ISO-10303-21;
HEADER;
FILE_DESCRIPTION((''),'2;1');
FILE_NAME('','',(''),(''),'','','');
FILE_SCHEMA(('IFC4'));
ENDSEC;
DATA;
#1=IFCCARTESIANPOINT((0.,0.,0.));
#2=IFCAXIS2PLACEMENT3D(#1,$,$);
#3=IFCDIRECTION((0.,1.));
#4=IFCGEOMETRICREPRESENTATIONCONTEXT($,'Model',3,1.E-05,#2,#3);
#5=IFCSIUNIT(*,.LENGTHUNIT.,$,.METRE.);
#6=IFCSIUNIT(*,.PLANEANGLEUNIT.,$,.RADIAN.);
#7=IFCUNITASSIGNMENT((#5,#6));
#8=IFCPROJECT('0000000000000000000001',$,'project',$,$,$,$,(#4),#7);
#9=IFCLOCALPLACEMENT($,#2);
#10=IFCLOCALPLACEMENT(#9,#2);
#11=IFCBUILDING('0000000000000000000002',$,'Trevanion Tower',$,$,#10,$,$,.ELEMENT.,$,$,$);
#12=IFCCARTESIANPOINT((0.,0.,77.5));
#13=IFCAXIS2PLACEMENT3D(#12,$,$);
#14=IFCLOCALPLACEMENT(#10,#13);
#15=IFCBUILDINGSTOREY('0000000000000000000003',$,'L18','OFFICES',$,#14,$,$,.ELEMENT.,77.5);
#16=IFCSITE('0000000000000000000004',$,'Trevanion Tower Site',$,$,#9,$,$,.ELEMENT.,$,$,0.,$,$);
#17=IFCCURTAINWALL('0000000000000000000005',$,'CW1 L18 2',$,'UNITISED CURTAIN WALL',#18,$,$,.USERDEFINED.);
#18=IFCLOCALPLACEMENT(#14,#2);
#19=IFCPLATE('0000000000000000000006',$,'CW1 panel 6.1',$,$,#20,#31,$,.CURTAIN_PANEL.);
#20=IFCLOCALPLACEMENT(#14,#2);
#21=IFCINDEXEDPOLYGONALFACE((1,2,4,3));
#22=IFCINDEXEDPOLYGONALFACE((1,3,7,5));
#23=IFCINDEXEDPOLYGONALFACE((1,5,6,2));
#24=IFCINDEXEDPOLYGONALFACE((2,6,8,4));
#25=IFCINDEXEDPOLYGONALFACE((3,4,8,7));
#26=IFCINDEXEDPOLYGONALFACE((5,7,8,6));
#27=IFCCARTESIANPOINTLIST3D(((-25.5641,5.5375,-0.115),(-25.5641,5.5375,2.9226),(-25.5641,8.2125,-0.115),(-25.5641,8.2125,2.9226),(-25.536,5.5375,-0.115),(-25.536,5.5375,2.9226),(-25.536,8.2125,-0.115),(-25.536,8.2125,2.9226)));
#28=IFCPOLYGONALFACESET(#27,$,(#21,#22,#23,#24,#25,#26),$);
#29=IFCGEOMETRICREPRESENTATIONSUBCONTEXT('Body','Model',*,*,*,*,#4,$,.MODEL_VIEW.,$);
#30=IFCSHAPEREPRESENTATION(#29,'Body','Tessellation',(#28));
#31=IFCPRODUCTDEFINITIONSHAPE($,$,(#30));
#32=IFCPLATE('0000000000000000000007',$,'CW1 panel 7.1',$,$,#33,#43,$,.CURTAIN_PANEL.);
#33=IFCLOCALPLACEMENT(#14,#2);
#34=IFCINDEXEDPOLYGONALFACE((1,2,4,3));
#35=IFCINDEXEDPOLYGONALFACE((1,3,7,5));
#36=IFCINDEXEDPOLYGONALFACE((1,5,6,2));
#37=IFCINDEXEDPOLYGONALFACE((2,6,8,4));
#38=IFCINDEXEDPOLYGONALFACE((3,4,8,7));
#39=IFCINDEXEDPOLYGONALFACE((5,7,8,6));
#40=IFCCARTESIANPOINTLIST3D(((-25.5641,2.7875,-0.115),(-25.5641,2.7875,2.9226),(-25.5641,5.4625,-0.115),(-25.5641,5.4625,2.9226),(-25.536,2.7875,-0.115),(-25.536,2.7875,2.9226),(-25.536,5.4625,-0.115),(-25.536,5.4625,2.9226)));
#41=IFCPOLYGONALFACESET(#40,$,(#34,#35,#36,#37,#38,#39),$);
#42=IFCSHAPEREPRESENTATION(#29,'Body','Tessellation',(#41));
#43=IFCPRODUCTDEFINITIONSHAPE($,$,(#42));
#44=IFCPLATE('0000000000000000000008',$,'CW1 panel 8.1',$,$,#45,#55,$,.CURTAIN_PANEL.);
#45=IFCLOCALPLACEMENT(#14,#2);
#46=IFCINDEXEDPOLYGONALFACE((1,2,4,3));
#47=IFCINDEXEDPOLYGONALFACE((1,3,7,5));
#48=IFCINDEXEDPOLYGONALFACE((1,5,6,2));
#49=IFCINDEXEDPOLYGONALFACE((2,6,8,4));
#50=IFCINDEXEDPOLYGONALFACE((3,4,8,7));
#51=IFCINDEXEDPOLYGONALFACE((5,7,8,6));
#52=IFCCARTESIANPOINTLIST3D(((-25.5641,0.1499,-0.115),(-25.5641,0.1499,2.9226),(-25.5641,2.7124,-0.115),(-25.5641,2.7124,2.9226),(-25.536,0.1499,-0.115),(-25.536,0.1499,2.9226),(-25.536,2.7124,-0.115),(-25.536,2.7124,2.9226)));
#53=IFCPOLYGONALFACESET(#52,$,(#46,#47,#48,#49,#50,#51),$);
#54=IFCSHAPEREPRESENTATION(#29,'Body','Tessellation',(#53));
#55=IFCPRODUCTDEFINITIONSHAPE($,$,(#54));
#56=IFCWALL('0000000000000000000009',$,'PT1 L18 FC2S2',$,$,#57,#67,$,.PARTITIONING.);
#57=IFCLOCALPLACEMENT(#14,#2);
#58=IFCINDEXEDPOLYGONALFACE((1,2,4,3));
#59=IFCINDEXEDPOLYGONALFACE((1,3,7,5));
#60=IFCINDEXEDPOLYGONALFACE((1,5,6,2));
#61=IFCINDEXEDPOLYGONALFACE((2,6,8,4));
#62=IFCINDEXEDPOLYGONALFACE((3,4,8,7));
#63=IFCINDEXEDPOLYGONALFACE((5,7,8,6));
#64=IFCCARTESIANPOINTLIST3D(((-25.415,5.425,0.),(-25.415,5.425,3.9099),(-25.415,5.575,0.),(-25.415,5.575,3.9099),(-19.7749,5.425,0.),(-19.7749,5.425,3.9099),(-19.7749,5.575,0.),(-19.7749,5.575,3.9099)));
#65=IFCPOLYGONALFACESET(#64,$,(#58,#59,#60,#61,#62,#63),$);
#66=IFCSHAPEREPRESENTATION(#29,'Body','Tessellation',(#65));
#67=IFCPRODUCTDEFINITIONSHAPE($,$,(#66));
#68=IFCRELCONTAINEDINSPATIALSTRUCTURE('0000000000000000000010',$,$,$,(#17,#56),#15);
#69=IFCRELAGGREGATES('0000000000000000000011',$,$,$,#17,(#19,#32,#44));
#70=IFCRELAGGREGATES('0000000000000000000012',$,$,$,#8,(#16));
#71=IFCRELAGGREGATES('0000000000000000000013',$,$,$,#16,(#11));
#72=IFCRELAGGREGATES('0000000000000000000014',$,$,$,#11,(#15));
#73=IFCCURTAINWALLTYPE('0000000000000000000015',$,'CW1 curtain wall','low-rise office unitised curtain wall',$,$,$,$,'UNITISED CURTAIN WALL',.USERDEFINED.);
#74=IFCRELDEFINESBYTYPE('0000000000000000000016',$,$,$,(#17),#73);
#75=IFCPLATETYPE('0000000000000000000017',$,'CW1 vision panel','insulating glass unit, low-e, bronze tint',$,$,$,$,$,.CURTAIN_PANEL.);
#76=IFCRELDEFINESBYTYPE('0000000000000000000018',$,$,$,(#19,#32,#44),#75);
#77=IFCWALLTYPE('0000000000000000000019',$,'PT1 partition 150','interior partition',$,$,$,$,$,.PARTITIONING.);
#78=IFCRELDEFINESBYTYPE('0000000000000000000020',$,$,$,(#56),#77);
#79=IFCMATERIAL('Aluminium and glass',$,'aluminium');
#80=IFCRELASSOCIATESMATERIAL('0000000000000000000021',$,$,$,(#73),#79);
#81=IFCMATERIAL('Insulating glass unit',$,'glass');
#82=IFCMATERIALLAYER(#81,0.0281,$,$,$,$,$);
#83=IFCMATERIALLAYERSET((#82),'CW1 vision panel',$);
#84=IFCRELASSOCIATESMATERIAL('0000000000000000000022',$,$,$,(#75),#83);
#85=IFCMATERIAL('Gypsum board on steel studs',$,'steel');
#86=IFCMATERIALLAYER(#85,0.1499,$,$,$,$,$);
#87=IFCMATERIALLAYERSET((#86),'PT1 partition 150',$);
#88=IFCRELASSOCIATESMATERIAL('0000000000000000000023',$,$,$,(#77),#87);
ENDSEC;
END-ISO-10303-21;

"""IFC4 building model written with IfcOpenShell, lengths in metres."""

from ifc_helpers import new_model, si_unit, direction, frame, frame_2d, origin, origin_2d, place, context, subcontext, project, spatial, rectangle, extrude, material, layer, layer_set, type_object, element, aggregate, save


model = new_model("IFC4")

# Units and contexts
model_context = context("Model", 3, precision=1e-05, world=origin(), true_north=direction((0.0, 1.0)))
body_context = subcontext(model_context, "Body", "Model", "MODEL_VIEW")
ifc_project = project(units=[si_unit("LENGTHUNIT", "METRE"), si_unit("PLANEANGLEUNIT", "RADIAN")], contexts=[model_context])

# Site, building, storey
site_placement = place(None, origin())
site = spatial("IfcSite", under=ifc_project, at=site_placement, Name="Trevanion Tower Site", CompositionType="ELEMENT", RefElevation=0.0)
building_placement = place(site_placement, origin())
building = spatial("IfcBuilding", under=site, at=building_placement, Name="Trevanion Tower", CompositionType="ELEMENT")
storey_placement = place(building_placement, frame((0.0, 0.0, 77.5)))
storey = spatial("IfcBuildingStorey", under=building, at=storey_placement, Name="L18", Description="OFFICES", CompositionType="ELEMENT", Elevation=77.5)

# Curtain wall, plates
ifc_material_1 = material(Name="Aluminium and glass", Category="aluminium")
curtain_wall_type = type_object("IfcCurtainWallType", Name="CW1 curtain wall", Description="low-rise office unitised curtain wall", ElementType="UNITISED CURTAIN WALL", PredefinedType="USERDEFINED", material=ifc_material_1)
curtain_wall_placement = place(storey_placement, origin())
curtain_wall = element("IfcCurtainWall", 1, at=curtain_wall_placement, inside=storey, type_object=curtain_wall_type, Name="CW1 L18 2", ObjectType="UNITISED CURTAIN WALL", PredefinedType="USERDEFINED")
ifc_material_2 = material(Name="Insulating glass unit", Category="glass")
ifc_layer_1 = layer(ifc_material_2, 0.0281)
ifc_layer_set_1 = layer_set([ifc_layer_1], Name="CW1 vision panel")
plate_type_1 = type_object("IfcPlateType", Name="CW1 vision panel", Description="insulating glass unit, low-e, bronze tint", PredefinedType="CURTAIN_PANEL", material=ifc_layer_set_1)
plate_1_placement = place(storey_placement, frame((-25.55, 6.875, -0.115), z_axis=(0.0, 0.0, 1.0), x_axis=(0.0, -1.0, 0.0)))
plate_1 = element("IfcPlate", 2, at=plate_1_placement, type_object=plate_type_1, Name="CW1 panel 6.1", PredefinedType="CURTAIN_PANEL", context=body_context, shape_type="SweptSolid", body=[
    extrude(rectangle(XDim=2.675, YDim=0.0281, at=origin_2d()), origin(), (0.0, 0.0, 1.0), 3.0376),
])
plate_2_placement = place(storey_placement, frame((-25.55, 4.125, -0.115), z_axis=(0.0, 0.0, 1.0), x_axis=(0.0, -1.0, 0.0)))
plate_2 = element("IfcPlate", 3, at=plate_2_placement, type_object=plate_type_1, Name="CW1 panel 7.1", PredefinedType="CURTAIN_PANEL", context=body_context, shape_type="SweptSolid", body=[
    extrude(rectangle(XDim=2.675, YDim=0.0281, at=origin_2d()), origin(), (0.0, 0.0, 1.0), 3.0376),
])
plate_3_placement = place(storey_placement, frame((-25.55, 1.4312, -0.115), z_axis=(0.0, 0.0, 1.0), x_axis=(0.0, -1.0, 0.0)))
plate_3 = element("IfcPlate", 4, at=plate_3_placement, type_object=plate_type_1, Name="CW1 panel 8.1", PredefinedType="CURTAIN_PANEL", context=body_context, shape_type="SweptSolid", body=[
    extrude(rectangle(XDim=2.5625, YDim=0.0281, at=origin_2d()), origin(), (0.0, 0.0, 1.0), 3.0376),
])
aggregate(curtain_wall, [plate_1, plate_2, plate_3])

# Wall
ifc_material_3 = material(Name="Gypsum board on steel studs", Category="steel")
ifc_layer_2 = layer(ifc_material_3, 0.1499)
ifc_layer_set_2 = layer_set([ifc_layer_2], Name="PT1 partition 150")
wall_type = type_object("IfcWallType", Name="PT1 partition 150", Description="interior partition", PredefinedType="PARTITIONING", material=ifc_layer_set_2)
wall_placement = place(storey_placement, frame((-19.7749, 5.5, 0.0), z_axis=(0.0, 0.0, 1.0), x_axis=(-1.0, 0.0, 0.0)))
element("IfcWall", 5, at=wall_placement, inside=storey, type_object=wall_type, Name="PT1 L18 FC2S2", PredefinedType="PARTITIONING", context=body_context, shape_type="SweptSolid", body=[
    extrude(rectangle(XDim=5.6401, YDim=0.1499, at=frame_2d((2.8201, 0.0))), origin(), (0.0, 0.0, 1.0), 3.9099),
])

save(model, "model.ifc")
